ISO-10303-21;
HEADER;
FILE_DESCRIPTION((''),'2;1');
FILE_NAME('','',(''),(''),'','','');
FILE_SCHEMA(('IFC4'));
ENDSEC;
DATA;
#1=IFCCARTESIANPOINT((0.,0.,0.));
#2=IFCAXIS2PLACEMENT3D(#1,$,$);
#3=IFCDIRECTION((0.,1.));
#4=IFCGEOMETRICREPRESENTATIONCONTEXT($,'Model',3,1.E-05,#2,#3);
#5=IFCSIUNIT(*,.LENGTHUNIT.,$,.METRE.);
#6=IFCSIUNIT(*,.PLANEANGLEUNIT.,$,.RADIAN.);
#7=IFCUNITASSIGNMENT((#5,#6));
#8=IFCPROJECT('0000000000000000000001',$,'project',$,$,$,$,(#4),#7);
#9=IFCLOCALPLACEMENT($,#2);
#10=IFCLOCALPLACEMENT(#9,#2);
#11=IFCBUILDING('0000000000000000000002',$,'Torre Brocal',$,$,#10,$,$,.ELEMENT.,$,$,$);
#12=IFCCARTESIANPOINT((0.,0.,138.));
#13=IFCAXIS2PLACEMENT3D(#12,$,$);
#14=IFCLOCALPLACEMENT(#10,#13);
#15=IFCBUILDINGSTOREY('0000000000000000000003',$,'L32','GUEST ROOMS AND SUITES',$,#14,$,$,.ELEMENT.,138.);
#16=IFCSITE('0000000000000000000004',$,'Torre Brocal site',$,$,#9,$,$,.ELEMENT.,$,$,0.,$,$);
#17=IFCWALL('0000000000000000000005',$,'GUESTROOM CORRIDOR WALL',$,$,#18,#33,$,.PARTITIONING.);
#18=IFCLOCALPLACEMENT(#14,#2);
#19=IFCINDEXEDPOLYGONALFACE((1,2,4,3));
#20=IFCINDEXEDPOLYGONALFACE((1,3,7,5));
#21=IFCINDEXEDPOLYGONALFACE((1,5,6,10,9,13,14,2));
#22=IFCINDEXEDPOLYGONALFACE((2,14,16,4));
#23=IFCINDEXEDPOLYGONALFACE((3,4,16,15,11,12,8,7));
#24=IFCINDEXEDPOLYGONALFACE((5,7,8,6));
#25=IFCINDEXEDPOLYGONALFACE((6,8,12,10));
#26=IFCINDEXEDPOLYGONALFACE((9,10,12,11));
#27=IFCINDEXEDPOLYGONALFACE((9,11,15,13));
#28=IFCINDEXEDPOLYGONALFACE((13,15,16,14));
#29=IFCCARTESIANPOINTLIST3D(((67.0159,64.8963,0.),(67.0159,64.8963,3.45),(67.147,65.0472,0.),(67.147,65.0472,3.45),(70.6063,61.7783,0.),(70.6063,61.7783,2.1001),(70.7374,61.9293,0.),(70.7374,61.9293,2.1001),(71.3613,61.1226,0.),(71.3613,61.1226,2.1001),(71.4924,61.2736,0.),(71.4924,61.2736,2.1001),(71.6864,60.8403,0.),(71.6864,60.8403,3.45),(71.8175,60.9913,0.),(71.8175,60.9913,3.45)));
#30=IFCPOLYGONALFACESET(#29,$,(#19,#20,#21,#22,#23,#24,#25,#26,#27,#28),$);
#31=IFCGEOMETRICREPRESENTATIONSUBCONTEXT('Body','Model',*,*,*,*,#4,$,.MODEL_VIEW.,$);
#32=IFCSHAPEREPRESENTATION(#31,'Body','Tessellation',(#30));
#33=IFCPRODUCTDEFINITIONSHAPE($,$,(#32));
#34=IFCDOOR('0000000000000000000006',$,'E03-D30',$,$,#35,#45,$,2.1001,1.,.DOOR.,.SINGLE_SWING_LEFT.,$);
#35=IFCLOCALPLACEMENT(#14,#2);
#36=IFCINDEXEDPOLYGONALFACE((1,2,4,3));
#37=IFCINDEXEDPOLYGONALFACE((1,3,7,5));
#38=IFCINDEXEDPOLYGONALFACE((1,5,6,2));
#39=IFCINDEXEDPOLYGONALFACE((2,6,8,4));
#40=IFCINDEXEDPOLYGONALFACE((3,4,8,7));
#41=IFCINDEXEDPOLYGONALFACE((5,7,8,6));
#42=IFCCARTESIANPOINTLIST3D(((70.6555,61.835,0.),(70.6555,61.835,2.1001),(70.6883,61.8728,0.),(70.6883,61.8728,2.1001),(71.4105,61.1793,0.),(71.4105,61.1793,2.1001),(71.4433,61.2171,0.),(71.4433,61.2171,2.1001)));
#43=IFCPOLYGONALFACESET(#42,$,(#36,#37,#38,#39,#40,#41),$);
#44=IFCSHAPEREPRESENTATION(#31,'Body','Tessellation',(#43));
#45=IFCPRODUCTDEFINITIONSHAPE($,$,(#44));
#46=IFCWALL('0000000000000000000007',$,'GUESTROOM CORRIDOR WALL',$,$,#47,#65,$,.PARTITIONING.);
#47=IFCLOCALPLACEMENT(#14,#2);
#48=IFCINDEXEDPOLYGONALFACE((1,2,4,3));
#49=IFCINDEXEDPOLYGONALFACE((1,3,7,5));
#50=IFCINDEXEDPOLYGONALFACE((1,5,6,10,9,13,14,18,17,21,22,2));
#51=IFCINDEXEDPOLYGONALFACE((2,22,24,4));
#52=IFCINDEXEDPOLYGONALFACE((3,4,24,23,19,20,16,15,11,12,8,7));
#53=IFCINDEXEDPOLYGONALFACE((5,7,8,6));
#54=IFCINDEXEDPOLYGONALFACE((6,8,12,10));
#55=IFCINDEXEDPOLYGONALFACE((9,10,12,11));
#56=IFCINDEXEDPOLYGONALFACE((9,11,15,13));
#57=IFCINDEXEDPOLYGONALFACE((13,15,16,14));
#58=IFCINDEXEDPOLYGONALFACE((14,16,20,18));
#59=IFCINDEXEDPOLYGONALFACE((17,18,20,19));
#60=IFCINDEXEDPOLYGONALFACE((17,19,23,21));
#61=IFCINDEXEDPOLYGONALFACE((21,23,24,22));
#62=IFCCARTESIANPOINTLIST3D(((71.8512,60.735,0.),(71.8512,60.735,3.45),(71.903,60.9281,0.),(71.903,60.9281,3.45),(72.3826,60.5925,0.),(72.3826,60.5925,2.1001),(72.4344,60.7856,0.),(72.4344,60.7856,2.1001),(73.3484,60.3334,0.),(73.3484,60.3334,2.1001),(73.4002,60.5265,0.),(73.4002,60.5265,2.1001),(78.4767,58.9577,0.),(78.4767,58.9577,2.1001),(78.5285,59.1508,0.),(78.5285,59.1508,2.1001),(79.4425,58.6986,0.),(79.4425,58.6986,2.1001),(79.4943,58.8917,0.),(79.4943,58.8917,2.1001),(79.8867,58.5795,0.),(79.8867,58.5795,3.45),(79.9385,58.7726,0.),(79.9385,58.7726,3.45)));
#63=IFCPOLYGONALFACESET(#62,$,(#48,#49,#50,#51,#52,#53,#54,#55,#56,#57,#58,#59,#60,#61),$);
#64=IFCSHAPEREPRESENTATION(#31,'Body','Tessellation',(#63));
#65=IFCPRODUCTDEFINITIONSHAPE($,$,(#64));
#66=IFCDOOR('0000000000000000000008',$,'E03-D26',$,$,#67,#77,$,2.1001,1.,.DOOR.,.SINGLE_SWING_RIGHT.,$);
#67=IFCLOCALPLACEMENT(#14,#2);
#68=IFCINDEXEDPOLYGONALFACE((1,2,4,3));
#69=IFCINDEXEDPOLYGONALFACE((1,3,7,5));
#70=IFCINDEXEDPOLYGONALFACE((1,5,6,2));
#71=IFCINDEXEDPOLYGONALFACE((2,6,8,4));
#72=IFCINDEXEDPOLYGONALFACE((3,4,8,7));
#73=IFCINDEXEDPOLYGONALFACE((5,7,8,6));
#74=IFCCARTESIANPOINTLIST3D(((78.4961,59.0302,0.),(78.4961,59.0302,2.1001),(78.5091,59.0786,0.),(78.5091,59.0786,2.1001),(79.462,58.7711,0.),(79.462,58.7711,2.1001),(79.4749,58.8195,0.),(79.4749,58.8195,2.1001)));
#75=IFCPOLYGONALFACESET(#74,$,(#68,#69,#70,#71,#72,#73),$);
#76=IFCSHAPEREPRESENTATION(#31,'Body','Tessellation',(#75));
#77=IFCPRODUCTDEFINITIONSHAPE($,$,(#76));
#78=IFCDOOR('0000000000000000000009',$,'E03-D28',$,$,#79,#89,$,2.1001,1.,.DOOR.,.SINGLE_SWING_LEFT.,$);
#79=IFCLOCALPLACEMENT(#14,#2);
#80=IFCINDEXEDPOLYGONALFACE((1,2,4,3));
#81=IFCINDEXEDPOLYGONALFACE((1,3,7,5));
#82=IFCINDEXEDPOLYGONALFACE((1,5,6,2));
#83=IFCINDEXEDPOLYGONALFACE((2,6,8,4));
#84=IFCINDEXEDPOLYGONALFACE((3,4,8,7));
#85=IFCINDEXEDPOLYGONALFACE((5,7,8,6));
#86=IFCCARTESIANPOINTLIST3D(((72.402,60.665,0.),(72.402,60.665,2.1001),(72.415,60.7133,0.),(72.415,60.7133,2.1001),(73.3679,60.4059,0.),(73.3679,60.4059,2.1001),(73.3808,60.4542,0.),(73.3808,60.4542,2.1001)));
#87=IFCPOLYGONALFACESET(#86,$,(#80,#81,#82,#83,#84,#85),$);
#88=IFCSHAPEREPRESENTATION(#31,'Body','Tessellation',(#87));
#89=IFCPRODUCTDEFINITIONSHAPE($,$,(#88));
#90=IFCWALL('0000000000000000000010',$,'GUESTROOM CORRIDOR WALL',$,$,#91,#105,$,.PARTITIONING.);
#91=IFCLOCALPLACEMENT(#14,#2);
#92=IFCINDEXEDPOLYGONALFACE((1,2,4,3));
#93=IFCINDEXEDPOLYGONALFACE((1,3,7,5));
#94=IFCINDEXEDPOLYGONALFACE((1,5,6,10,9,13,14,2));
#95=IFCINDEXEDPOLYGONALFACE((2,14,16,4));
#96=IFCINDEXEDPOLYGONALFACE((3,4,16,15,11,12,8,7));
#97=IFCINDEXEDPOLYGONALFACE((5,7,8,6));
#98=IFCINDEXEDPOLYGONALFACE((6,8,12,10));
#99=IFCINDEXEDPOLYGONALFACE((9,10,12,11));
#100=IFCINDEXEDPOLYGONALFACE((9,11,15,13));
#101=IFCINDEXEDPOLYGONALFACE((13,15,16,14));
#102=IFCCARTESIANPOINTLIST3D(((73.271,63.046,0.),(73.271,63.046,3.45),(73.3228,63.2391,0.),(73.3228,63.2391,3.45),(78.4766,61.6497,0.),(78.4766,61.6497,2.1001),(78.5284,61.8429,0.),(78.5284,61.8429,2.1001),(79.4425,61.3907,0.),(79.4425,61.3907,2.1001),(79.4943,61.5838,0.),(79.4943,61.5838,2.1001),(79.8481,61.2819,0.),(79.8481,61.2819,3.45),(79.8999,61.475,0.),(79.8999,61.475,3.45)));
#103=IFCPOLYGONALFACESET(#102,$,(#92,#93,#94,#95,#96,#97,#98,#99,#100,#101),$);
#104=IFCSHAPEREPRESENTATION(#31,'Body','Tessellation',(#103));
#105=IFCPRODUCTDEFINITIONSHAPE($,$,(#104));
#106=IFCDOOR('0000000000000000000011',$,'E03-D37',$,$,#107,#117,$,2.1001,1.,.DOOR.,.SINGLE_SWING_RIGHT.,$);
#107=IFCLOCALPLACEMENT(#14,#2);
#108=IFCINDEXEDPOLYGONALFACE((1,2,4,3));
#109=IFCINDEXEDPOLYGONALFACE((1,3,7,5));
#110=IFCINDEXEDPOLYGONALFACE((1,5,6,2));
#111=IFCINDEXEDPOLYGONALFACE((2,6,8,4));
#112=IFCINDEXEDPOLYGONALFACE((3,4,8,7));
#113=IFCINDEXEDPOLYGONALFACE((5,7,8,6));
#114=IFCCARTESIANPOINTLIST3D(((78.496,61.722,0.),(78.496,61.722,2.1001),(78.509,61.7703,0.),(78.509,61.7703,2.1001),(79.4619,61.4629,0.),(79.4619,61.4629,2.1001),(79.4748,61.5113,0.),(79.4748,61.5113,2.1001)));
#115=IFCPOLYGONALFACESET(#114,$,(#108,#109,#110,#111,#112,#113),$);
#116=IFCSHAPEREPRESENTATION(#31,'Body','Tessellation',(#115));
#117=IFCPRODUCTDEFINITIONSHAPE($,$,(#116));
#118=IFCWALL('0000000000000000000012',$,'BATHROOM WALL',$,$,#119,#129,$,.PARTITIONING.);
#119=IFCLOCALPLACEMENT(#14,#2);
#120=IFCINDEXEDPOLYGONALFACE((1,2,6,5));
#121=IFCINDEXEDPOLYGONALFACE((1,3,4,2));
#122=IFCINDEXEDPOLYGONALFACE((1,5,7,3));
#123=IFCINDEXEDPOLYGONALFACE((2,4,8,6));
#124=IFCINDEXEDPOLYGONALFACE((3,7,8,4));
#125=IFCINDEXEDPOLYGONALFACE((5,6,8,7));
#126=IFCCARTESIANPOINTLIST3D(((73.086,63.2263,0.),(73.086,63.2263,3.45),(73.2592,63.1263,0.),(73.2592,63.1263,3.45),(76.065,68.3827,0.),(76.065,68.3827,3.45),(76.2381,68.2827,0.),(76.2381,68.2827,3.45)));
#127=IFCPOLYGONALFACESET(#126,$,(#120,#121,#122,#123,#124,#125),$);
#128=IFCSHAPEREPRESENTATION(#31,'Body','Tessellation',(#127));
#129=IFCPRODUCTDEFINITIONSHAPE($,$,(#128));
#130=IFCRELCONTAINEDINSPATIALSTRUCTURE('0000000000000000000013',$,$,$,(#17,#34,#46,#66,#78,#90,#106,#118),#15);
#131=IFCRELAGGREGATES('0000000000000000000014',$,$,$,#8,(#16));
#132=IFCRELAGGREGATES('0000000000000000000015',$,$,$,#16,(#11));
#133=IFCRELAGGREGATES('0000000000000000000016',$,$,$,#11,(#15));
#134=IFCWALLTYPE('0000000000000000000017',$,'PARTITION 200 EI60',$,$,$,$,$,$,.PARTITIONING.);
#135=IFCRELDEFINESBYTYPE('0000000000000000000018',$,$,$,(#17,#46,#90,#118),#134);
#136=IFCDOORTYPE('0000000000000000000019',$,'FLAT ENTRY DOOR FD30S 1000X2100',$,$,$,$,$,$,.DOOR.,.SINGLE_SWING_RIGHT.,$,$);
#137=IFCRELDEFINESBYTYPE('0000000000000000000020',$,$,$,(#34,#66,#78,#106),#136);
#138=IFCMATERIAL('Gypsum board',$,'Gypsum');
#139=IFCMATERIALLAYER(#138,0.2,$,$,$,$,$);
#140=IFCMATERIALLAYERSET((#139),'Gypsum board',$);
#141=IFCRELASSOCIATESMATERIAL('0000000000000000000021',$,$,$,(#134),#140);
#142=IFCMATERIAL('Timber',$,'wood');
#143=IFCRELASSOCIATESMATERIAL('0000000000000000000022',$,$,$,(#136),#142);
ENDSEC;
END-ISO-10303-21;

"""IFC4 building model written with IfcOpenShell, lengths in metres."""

from ifc_helpers import new_model, si_unit, direction, frame, frame_2d, origin, place, context, subcontext, project, spatial, rectangle, extrude, material, layer, layer_set, type_object, element, fill, save


model = new_model("IFC4")

# Units and contexts
model_context = context("Model", 3, precision=1e-05, world=origin(), true_north=direction((0.0, 1.0)))
body_context = subcontext(model_context, "Body", "Model", "MODEL_VIEW")
ifc_project = project(units=[si_unit("LENGTHUNIT", "METRE"), si_unit("PLANEANGLEUNIT", "RADIAN")], contexts=[model_context])

# Site, building, storey
site_placement = place(None, origin())
site = spatial("IfcSite", under=ifc_project, at=site_placement, Name="Torre Brocal site", CompositionType="ELEMENT", RefElevation=0.0)
building_placement = place(site_placement, origin())
building = spatial("IfcBuilding", under=site, at=building_placement, Name="Torre Brocal", CompositionType="ELEMENT")
storey_placement = place(building_placement, frame((0.0, 0.0, 138.0)))
storey = spatial("IfcBuildingStorey", under=building, at=storey_placement, Name="L32", Description="GUEST ROOMS AND SUITES", CompositionType="ELEMENT", Elevation=138.0)

# Wall, opening, door
ifc_material_1 = material(Name="Gypsum board", Category="Gypsum")
ifc_layer_1 = layer(ifc_material_1, 0.2)
ifc_layer_set_1 = layer_set([ifc_layer_1], Name="Gypsum board")
wall_type_1 = type_object("IfcWallType", Name="PARTITION 200 EI60", PredefinedType="PARTITIONING", material=ifc_layer_set_1)
wall_1_placement = place(storey_placement, frame((67.0815, 64.9717, 0.0), z_axis=(0.0, 0.0, 1.0), x_axis=(0.755031, -0.655689, 0.0)))
wall_1 = element("IfcWall", 1, at=wall_1_placement, inside=storey, type_object=wall_type_1, Name="GUESTROOM CORRIDOR WALL", PredefinedType="PARTITIONING", context=body_context, shape_type="SweptSolid", body=[
    extrude(rectangle(XDim=6.1858, YDim=0.2, at=frame_2d((3.0928, 0.0))), origin(), (0.0, 0.0, 1.0), 3.45),
])
opening_1_placement = place(wall_1_placement, frame((4.7551, 0.0, 0.0)))
opening_1 = element("IfcOpeningElement", 2, at=opening_1_placement, cuts=wall_1, PredefinedType="OPENING", context=body_context, shape_type="SweptSolid", body=[
    extrude(rectangle(XDim=1.0, YDim=2.1001, at=frame_2d((0.5, 1.05))), frame((0.0, 0.1099, 0.0), z_axis=(0.0, -1.0, 0.0), x_axis=(1.0, 0.0, 0.0)), (0.0, 0.0, 1.0), 0.22),
])
ifc_material_2 = material(Name="Timber", Category="wood")
door_type_1 = type_object("IfcDoorType", Name="FLAT ENTRY DOOR FD30S 1000X2100", OperationType="SINGLE_SWING_RIGHT", PredefinedType="DOOR", material=ifc_material_2)
door_1_placement = place(opening_1_placement, frame((1.0, 0.0, 0.0), z_axis=(0.0, 0.0, 1.0), x_axis=(-1.0, 0.0, 0.0)))
door_1 = element("IfcDoor", 3, at=door_1_placement, inside=storey, type_object=door_type_1, Name="E03-D30", OperationType="SINGLE_SWING_LEFT", OverallHeight=2.1001, OverallWidth=1.0, PredefinedType="DOOR", context=body_context, shape_type="SweptSolid", body=[
    extrude(rectangle(XDim=1.0, YDim=2.1001, at=frame_2d((0.5, 1.05))), frame((0.0, 0.0249, 0.0), z_axis=(0.0, -1.0, 0.0), x_axis=(1.0, 0.0, 0.0)), (0.0, 0.0, 1.0), 0.05),
])
fill(opening_1, door_1)

# Wall, openings, doors
wall_2_placement = place(storey_placement, frame((71.8772, 60.8315, 0.0), z_axis=(0.0, 0.0, 1.0), x_axis=(0.965853, -0.259093, 0.0)))
wall_2 = element("IfcWall", 4, at=wall_2_placement, inside=storey, type_object=wall_type_1, Name="GUESTROOM CORRIDOR WALL", PredefinedType="PARTITIONING", context=body_context, shape_type="SweptSolid", body=[
    extrude(rectangle(XDim=8.3196, YDim=0.2, at=frame_2d((4.1597, 0.0))), origin(), (0.0, 0.0, 1.0), 3.45),
])
opening_2_placement = place(wall_2_placement, frame((6.8596, 0.0, 0.0)))
opening_2 = element("IfcOpeningElement", 5, at=opening_2_placement, cuts=wall_2, PredefinedType="OPENING", context=body_context, shape_type="SweptSolid", body=[
    extrude(rectangle(XDim=1.0, YDim=2.1001, at=frame_2d((0.5, 1.05))), frame((0.0, 0.1099, 0.0), z_axis=(0.0, -1.0, 0.0), x_axis=(1.0, 0.0, 0.0)), (0.0, 0.0, 1.0), 0.22),
])
opening_3_placement = place(wall_2_placement, frame((0.55, 0.0, 0.0)))
opening_3 = element("IfcOpeningElement", 6, at=opening_3_placement, cuts=wall_2, PredefinedType="OPENING", context=body_context, shape_type="SweptSolid", body=[
    extrude(rectangle(XDim=1.0, YDim=2.1001, at=frame_2d((0.5, 1.05))), frame((0.0, 0.1099, 0.0), z_axis=(0.0, -1.0, 0.0), x_axis=(1.0, 0.0, 0.0)), (0.0, 0.0, 1.0), 0.22),
])
door_2_placement = place(opening_2_placement, frame((1.0, 0.0, 0.0), z_axis=(0.0, 0.0, 1.0), x_axis=(-1.0, 0.0, 0.0)))
door_2 = element("IfcDoor", 7, at=door_2_placement, inside=storey, type_object=door_type_1, Name="E03-D26", OperationType="SINGLE_SWING_RIGHT", OverallHeight=2.1001, OverallWidth=1.0, PredefinedType="DOOR", context=body_context, shape_type="SweptSolid", body=[
    extrude(rectangle(XDim=1.0, YDim=2.1001, at=frame_2d((0.5, 1.05))), frame((0.0, 0.0249, 0.0), z_axis=(0.0, -1.0, 0.0), x_axis=(1.0, 0.0, 0.0)), (0.0, 0.0, 1.0), 0.05),
])
fill(opening_2, door_2)
door_3_placement = place(opening_3_placement, frame((1.0, 0.0, 0.0), z_axis=(0.0, 0.0, 1.0), x_axis=(-1.0, 0.0, 0.0)))
door_3 = element("IfcDoor", 8, at=door_3_placement, inside=storey, type_object=door_type_1, Name="E03-D28", OperationType="SINGLE_SWING_LEFT", OverallHeight=2.1001, OverallWidth=1.0, PredefinedType="DOOR", context=body_context, shape_type="SweptSolid", body=[
    extrude(rectangle(XDim=1.0, YDim=2.1001, at=frame_2d((0.5, 1.05))), frame((0.0, 0.0249, 0.0), z_axis=(0.0, -1.0, 0.0), x_axis=(1.0, 0.0, 0.0)), (0.0, 0.0, 1.0), 0.05),
])
fill(opening_3, door_3)

# Wall, opening, door
wall_3_placement = place(storey_placement, frame((73.2969, 63.1426, 0.0), z_axis=(0.0, 0.0, 1.0), x_axis=(0.965859, -0.259068, 0.0)))
wall_3 = element("IfcWall", 9, at=wall_3_placement, inside=storey, type_object=wall_type_1, Name="GUESTROOM CORRIDOR WALL", PredefinedType="PARTITIONING", context=body_context, shape_type="SweptSolid", body=[
    extrude(rectangle(XDim=6.8096, YDim=0.2, at=frame_2d((3.4048, 0.0))), origin(), (0.0, 0.0, 1.0), 3.45),
])
opening_4_placement = place(wall_3_placement, frame((5.3896, 0.0, 0.0)))
opening_4 = element("IfcOpeningElement", 10, at=opening_4_placement, cuts=wall_3, PredefinedType="OPENING", context=body_context, shape_type="SweptSolid", body=[
    extrude(rectangle(XDim=1.0, YDim=2.1001, at=frame_2d((0.5, 1.05))), frame((0.0, 0.1099, 0.0), z_axis=(0.0, -1.0, 0.0), x_axis=(1.0, 0.0, 0.0)), (0.0, 0.0, 1.0), 0.22),
])
door_4_placement = place(opening_4_placement, origin())
door_4 = element("IfcDoor", 11, at=door_4_placement, inside=storey, type_object=door_type_1, Name="E03-D37", OperationType="SINGLE_SWING_RIGHT", OverallHeight=2.1001, OverallWidth=1.0, PredefinedType="DOOR", context=body_context, shape_type="SweptSolid", body=[
    extrude(rectangle(XDim=1.0, YDim=2.1001, at=frame_2d((0.5, 1.05))), frame((0.0, 0.0249, 0.0), z_axis=(0.0, -1.0, 0.0), x_axis=(1.0, 0.0, 0.0)), (0.0, 0.0, 1.0), 0.05),
])
fill(opening_4, door_4)

# Wall
wall_4_placement = place(storey_placement, frame((73.1726, 63.1763, 0.0), z_axis=(0.0, 0.0, 1.0), x_axis=(0.500239, 0.865887, 0.0)))
element("IfcWall", 12, at=wall_4_placement, inside=storey, type_object=wall_type_1, Name="BATHROOM WALL", PredefinedType="PARTITIONING", context=body_context, shape_type="SweptSolid", body=[
    extrude(rectangle(XDim=5.9551, YDim=0.2, at=frame_2d((2.9775, 0.0))), origin(), (0.0, 0.0, 1.0), 3.45),
])

save(model, "model.ifc")
